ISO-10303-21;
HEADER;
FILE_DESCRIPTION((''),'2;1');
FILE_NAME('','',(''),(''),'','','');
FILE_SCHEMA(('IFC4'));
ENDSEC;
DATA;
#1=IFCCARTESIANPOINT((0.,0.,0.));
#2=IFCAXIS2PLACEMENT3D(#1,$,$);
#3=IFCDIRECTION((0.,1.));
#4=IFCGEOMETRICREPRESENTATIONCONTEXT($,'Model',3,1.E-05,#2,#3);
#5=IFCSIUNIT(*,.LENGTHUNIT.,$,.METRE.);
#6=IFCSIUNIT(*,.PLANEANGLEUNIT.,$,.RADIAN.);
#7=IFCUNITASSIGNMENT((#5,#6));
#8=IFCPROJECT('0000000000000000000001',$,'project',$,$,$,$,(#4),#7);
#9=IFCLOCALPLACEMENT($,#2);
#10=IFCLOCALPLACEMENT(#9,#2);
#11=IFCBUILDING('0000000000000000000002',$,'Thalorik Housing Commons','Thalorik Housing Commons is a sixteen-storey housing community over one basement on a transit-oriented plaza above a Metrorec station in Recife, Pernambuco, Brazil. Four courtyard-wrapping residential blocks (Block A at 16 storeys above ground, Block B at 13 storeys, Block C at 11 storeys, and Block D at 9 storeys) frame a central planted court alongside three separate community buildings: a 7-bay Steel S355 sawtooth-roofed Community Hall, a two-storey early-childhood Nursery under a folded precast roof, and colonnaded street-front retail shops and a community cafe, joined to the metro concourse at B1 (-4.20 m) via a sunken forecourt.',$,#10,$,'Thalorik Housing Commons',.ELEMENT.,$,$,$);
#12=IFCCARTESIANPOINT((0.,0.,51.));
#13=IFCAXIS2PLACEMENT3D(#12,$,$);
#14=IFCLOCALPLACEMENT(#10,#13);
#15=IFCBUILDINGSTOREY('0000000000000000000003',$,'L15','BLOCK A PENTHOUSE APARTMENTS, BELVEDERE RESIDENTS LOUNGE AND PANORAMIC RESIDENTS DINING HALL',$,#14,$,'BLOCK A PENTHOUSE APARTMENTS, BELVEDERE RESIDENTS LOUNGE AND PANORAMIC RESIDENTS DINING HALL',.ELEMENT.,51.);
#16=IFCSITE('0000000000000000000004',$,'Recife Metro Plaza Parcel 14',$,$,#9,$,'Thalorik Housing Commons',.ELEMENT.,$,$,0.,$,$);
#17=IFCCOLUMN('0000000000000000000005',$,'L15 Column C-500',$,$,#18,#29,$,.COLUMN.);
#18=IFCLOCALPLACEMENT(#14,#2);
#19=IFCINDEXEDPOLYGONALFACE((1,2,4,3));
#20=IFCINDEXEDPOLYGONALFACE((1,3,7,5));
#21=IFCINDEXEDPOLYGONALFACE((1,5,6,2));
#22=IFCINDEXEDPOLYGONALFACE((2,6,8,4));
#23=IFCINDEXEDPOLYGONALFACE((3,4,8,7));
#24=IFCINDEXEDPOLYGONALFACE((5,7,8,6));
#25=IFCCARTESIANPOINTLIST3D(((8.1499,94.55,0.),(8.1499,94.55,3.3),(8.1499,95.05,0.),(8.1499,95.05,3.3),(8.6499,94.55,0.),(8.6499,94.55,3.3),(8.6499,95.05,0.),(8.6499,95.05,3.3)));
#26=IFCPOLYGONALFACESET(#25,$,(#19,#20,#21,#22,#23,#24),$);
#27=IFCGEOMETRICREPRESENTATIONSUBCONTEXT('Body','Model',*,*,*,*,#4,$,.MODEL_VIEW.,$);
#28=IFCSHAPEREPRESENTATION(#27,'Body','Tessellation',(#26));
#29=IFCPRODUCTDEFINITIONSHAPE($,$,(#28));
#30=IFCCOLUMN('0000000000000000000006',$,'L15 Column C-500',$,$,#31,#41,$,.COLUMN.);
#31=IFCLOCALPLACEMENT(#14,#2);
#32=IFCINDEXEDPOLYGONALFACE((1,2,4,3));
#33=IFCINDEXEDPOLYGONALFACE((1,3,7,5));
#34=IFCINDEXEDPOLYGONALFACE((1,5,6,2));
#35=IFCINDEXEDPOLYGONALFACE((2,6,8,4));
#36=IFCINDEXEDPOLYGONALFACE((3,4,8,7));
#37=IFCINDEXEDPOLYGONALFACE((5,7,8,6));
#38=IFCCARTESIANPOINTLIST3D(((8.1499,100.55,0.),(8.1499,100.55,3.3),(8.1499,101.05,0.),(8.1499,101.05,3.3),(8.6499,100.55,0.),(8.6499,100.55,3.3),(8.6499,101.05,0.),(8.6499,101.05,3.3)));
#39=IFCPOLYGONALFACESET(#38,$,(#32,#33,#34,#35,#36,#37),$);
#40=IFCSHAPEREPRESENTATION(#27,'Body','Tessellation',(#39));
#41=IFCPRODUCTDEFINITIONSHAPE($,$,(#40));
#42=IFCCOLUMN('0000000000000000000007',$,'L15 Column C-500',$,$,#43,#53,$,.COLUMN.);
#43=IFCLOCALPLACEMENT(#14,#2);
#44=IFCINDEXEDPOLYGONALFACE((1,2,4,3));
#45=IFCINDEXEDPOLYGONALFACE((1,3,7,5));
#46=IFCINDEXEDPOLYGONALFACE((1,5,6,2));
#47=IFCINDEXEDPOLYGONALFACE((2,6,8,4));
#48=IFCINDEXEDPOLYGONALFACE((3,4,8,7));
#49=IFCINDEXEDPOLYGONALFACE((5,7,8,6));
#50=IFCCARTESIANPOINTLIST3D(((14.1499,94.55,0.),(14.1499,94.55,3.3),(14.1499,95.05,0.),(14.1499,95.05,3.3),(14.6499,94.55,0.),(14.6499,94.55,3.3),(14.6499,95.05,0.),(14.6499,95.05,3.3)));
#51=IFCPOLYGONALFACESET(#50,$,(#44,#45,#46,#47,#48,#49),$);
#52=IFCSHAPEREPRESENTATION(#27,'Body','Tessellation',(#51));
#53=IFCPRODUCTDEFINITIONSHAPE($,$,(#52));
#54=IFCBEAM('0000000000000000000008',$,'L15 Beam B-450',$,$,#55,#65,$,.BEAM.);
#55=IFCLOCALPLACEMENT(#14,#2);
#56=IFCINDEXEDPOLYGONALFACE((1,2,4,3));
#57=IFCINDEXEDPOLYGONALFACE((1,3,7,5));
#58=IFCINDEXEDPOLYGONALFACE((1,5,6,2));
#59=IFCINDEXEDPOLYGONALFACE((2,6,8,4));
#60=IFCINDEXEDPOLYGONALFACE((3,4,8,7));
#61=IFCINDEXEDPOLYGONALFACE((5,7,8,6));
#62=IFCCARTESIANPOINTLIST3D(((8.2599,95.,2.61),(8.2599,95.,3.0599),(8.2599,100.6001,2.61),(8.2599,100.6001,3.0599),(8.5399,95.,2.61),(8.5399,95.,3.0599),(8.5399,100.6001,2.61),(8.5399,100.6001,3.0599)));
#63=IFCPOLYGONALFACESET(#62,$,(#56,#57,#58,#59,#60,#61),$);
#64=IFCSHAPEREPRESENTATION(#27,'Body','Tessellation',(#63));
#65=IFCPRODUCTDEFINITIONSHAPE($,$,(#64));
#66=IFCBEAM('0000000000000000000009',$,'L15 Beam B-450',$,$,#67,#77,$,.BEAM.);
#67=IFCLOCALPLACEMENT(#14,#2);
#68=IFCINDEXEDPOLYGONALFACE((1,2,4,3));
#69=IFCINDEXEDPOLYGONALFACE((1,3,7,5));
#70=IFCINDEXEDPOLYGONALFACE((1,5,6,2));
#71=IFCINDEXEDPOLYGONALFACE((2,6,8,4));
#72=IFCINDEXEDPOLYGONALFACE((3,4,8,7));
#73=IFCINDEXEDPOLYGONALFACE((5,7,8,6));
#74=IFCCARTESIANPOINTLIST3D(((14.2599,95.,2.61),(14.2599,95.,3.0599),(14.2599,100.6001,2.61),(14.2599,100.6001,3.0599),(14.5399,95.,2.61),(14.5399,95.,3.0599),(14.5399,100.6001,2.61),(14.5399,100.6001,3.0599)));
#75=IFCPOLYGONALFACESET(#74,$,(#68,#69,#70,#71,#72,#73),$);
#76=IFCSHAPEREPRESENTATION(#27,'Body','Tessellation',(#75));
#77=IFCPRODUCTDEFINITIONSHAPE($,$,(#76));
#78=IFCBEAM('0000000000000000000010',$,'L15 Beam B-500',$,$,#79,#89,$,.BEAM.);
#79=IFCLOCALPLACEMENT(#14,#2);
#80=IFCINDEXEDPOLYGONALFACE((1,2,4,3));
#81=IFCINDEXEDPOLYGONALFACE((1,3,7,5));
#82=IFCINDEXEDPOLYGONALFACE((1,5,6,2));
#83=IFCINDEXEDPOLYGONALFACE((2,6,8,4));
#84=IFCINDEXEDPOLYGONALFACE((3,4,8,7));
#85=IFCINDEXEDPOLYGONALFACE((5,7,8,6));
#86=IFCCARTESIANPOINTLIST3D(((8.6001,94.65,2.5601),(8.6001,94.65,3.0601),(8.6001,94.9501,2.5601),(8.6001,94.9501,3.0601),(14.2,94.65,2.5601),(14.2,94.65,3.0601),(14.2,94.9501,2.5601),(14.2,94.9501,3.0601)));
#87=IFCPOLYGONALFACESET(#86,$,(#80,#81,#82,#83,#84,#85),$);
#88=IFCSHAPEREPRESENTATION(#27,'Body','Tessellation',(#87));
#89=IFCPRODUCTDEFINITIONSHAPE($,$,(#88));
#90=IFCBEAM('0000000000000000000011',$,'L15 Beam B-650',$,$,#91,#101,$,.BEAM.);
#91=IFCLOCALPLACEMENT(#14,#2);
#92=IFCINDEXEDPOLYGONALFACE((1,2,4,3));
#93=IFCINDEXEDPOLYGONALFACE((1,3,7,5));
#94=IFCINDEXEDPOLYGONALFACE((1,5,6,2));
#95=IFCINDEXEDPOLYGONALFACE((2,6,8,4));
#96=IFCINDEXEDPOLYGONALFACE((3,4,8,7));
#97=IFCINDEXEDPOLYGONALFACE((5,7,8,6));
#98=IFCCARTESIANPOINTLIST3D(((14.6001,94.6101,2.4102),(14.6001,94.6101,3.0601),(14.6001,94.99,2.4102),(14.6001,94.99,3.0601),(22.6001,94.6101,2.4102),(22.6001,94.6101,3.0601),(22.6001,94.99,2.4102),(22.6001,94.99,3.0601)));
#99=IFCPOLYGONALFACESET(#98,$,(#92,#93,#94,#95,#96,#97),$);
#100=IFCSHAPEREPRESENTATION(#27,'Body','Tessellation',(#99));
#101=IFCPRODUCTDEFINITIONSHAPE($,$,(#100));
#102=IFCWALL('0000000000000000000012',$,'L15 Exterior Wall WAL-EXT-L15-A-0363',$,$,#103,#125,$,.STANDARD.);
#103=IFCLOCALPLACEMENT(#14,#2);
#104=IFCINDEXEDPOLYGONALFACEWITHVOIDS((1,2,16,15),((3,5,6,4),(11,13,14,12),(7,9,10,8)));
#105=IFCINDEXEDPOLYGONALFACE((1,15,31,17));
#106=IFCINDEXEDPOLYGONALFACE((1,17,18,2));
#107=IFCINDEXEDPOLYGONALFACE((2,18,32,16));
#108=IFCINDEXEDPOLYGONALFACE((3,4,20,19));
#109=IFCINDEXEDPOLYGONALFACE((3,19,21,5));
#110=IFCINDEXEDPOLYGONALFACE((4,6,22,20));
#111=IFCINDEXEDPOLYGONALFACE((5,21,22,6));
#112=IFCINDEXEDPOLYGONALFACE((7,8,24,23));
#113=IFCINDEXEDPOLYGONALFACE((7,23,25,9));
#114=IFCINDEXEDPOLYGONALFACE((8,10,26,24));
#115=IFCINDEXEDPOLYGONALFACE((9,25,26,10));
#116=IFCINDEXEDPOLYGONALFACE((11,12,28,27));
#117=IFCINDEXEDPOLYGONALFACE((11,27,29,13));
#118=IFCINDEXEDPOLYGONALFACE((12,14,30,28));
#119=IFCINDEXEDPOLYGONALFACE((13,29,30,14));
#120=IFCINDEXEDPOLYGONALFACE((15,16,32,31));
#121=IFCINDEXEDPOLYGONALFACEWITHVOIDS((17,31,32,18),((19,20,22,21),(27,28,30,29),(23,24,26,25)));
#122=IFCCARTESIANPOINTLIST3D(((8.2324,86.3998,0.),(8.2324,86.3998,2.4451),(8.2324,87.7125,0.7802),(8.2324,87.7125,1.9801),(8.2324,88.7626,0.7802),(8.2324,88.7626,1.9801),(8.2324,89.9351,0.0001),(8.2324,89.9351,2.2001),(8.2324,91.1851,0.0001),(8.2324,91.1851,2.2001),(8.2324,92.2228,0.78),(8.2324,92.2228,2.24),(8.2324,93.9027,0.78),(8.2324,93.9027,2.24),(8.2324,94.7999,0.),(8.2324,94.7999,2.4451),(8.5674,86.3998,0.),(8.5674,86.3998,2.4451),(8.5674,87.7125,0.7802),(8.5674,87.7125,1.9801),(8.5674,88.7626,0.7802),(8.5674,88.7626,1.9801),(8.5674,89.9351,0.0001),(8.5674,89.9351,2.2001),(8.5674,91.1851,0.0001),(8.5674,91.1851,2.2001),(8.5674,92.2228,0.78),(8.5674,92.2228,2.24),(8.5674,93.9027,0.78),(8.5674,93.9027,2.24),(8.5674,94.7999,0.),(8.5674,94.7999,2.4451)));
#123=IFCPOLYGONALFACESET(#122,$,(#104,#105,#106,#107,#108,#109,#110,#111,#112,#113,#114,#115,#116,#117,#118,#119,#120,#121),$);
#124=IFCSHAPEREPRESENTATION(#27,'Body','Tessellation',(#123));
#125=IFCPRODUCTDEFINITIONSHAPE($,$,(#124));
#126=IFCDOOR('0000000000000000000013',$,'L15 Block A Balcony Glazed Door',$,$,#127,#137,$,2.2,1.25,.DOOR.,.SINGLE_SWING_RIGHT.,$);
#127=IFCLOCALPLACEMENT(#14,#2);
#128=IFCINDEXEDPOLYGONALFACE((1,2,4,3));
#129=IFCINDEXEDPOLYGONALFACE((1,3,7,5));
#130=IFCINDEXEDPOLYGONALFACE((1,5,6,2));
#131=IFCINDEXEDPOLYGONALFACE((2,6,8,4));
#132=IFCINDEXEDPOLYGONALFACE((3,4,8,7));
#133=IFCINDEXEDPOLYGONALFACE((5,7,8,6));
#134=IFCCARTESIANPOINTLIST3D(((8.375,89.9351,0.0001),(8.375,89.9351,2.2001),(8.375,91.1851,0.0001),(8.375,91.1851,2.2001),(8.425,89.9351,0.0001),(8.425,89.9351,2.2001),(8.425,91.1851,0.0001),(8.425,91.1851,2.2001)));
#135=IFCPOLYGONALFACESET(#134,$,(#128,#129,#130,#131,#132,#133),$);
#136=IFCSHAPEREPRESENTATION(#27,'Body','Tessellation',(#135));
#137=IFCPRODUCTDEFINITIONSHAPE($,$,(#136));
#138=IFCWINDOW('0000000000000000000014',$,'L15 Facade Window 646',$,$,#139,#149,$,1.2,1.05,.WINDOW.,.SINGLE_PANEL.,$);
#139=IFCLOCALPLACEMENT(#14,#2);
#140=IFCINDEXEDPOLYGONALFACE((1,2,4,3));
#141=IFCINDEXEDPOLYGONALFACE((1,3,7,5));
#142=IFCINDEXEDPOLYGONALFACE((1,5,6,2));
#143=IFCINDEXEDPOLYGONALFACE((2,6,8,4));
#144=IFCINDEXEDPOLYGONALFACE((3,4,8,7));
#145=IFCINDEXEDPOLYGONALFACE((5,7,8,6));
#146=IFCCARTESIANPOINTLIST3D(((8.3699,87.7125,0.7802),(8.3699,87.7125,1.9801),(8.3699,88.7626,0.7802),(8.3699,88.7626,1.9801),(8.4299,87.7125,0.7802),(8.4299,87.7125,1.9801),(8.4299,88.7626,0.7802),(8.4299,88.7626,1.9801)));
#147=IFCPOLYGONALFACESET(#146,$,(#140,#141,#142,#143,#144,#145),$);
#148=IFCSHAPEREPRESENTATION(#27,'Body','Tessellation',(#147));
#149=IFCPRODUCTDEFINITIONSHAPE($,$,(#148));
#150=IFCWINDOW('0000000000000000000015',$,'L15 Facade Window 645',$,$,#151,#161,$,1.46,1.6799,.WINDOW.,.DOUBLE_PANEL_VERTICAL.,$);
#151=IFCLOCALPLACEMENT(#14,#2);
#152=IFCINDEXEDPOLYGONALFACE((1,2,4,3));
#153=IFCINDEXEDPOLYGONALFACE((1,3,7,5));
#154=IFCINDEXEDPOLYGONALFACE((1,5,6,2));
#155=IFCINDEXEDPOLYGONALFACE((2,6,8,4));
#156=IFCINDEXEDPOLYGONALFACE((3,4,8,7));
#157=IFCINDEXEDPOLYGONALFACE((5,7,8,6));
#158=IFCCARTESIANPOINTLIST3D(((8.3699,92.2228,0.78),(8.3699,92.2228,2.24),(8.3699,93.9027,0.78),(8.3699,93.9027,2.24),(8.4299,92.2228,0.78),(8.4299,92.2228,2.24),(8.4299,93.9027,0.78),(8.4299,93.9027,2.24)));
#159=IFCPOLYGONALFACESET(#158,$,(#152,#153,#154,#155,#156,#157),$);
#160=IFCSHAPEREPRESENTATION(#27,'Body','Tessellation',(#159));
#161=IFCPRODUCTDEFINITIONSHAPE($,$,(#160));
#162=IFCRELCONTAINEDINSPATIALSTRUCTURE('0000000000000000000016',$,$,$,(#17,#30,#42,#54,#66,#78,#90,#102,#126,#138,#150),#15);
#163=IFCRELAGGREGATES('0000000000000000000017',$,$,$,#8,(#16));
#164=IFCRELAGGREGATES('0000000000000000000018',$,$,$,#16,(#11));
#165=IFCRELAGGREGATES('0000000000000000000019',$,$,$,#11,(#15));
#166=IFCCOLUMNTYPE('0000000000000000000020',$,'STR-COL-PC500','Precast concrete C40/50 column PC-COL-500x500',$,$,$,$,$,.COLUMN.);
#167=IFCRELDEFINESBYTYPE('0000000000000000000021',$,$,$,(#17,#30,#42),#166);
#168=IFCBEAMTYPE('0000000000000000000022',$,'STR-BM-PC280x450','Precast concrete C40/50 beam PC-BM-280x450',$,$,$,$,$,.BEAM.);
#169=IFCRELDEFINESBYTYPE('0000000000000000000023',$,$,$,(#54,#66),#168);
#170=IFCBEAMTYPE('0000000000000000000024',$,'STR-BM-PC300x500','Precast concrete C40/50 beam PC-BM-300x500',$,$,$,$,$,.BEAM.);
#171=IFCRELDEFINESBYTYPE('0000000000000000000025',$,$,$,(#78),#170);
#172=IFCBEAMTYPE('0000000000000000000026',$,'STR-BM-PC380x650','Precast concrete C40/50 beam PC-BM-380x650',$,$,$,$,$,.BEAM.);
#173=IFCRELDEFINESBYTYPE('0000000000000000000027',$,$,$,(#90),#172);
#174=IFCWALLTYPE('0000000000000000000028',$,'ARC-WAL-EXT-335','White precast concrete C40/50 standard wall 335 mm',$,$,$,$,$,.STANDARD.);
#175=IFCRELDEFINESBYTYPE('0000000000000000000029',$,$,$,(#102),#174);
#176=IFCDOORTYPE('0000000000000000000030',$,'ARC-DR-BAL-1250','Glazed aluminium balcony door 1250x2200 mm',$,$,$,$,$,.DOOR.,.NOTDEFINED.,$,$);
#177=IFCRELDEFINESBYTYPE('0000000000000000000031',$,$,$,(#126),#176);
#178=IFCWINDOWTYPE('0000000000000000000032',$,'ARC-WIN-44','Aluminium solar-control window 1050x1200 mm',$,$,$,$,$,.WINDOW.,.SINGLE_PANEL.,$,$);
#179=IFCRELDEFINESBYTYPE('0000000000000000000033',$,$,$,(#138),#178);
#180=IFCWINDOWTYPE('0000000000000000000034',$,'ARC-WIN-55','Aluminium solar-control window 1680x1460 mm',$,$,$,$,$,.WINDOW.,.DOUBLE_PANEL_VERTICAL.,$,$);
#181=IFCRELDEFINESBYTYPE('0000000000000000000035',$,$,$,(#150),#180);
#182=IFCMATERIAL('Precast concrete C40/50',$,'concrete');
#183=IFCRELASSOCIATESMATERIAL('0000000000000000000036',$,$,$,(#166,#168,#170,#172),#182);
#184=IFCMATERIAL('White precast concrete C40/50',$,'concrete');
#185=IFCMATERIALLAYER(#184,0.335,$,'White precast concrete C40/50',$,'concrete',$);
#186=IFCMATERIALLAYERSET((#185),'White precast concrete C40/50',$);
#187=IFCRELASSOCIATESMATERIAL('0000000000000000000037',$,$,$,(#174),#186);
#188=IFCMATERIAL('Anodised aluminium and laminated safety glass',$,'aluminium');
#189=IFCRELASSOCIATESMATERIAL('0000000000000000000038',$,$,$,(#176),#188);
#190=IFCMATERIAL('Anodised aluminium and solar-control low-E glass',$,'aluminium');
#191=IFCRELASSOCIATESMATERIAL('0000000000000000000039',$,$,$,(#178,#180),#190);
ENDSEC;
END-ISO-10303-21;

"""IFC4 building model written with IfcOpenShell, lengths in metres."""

from ifc_helpers import new_model, si_unit, direction, frame, frame_2d, origin, origin_2d, place, context, subcontext, project, spatial, rectangle, extrude, material, layer, layer_set, material_profile, profile_set, type_object, element, fill, save


model = new_model("IFC4")

# Units and contexts
model_context = context("Model", 3, precision=1e-05, world=origin(), true_north=direction((0.0, 1.0)))
body_context = subcontext(model_context, "Body", "Model", "MODEL_VIEW")
ifc_project = project(units=[si_unit("LENGTHUNIT", "METRE"), si_unit("PLANEANGLEUNIT", "RADIAN")], contexts=[model_context])

# Site, building, storey
site_placement = place(None, origin())
site = spatial("IfcSite", under=ifc_project, at=site_placement, Name="Recife Metro Plaza Parcel 14", LongName="Thalorik Housing Commons", CompositionType="ELEMENT", RefElevation=0.0)
building_placement = place(site_placement, origin())
building = spatial("IfcBuilding", under=site, at=building_placement, Name="Thalorik Housing Commons", Description="Thalorik Housing Commons is a sixteen-storey housing community over one basement on a transit-oriented plaza above a Metrorec station in Recife, Pernambuco, Brazil. Four courtyard-wrapping residential blocks (Block A at 16 storeys above ground, Block B at 13 storeys, Block C at 11 storeys, and Block D at 9 storeys) frame a central planted court alongside three separate community buildings: a 7-bay Steel S355 sawtooth-roofed Community Hall, a two-storey early-childhood Nursery under a folded precast roof, and colonnaded street-front retail shops and a community cafe, joined to the metro concourse at B1 (-4.20 m) via a sunken forecourt.", LongName="Thalorik Housing Commons", CompositionType="ELEMENT")
storey_placement = place(building_placement, frame((0.0, 0.0, 51.0)))
storey = spatial("IfcBuildingStorey", under=building, at=storey_placement, Name="L15", Description="BLOCK A PENTHOUSE APARTMENTS, BELVEDERE RESIDENTS LOUNGE AND PANORAMIC RESIDENTS DINING HALL", LongName="BLOCK A PENTHOUSE APARTMENTS, BELVEDERE RESIDENTS LOUNGE AND PANORAMIC RESIDENTS DINING HALL", CompositionType="ELEMENT", Elevation=51.0)

# Columns
ifc_material_1 = material(Name="Precast concrete C40/50", Category="concrete")
ifc_material_profile_1 = material_profile(ifc_material_1, rectangle(XDim=0.5, YDim=0.5, at=origin_2d()), Name="PC 500x500", Category="concrete")
ifc_profile_set_1 = profile_set([ifc_material_profile_1], Name="Precast concrete C40/50")
column_type = type_object("IfcColumnType", Name="STR-COL-PC500", Description="Precast concrete C40/50 column PC-COL-500x500", PredefinedType="COLUMN", material=ifc_profile_set_1)
for number, where, z_axis, x_axis, name in (
    (1, (8.3999, 94.8, 0.0), (0.0, 0.0, 1.0), (1.0, 0.0, 0.0), "L15 Column C-500"),
    (2, (8.3999, 100.8, 0.0), (0.0, 0.0, 1.0), (1.0, 0.0, 0.0), "L15 Column C-500"),
    (3, (14.3999, 94.8, 0.0), (0.0, 0.0, 1.0), (1.0, 0.0, 0.0), "L15 Column C-500"),
):
    element("IfcColumn", number, at=place(storey_placement, frame(where, z_axis=z_axis, x_axis=x_axis)), inside=storey, type_object=column_type, Name=name, PredefinedType="COLUMN", context=body_context, shape_type="SweptSolid", body=[
        extrude(rectangle(XDim=0.5, YDim=0.5, at=origin_2d()), origin(), (0.0, 0.0, 1.0), 3.3),
    ])

# Beams
ifc_material_profile_2 = material_profile(ifc_material_1, rectangle(XDim=0.28, YDim=0.45, at=origin_2d()), Name="PC 280x450", Category="concrete")
ifc_profile_set_2 = profile_set([ifc_material_profile_2], Name="Precast concrete C40/50")
beam_type_1 = type_object("IfcBeamType", Name="STR-BM-PC280x450", Description="Precast concrete C40/50 beam PC-BM-280x450", PredefinedType="BEAM", material=ifc_profile_set_2)
for number, where, z_axis, x_axis, name in (
    (4, (8.3999, 95.0, 2.835), (0.0, 1.0, 0.0), (-1.0, 0.0, 0.0), "L15 Beam B-450"),
    (5, (14.3999, 95.0, 2.835), (0.0, 1.0, 0.0), (-1.0, 0.0, 0.0), "L15 Beam B-450"),
):
    element("IfcBeam", number, at=place(storey_placement, frame(where, z_axis=z_axis, x_axis=x_axis)), inside=storey, type_object=beam_type_1, Name=name, PredefinedType="BEAM", context=body_context, shape_type="SweptSolid", body=[
        extrude(rectangle(XDim=0.28, YDim=0.45, at=origin_2d()), origin(), (0.0, 0.0, 1.0), 5.6001),
    ])
ifc_material_profile_3 = material_profile(ifc_material_1, rectangle(XDim=0.3, YDim=0.5, at=origin_2d()), Name="PC 300x500", Category="concrete")
ifc_profile_set_3 = profile_set([ifc_material_profile_3], Name="Precast concrete C40/50")
beam_type_2 = type_object("IfcBeamType", Name="STR-BM-PC300x500", Description="Precast concrete C40/50 beam PC-BM-300x500", PredefinedType="BEAM", material=ifc_profile_set_3)
beam_1_placement = place(storey_placement, frame((8.6001, 94.8, 2.8101), z_axis=(1.0, 0.0, 0.0), x_axis=(0.0, 1.0, 0.0)))
element("IfcBeam", 6, at=beam_1_placement, inside=storey, type_object=beam_type_2, Name="L15 Beam B-500", PredefinedType="BEAM", context=body_context, shape_type="SweptSolid", body=[
    extrude(rectangle(XDim=0.3, YDim=0.5, at=origin_2d()), origin(), (0.0, 0.0, 1.0), 5.5999),
])
ifc_material_profile_4 = material_profile(ifc_material_1, rectangle(XDim=0.3799, YDim=0.6499, at=origin_2d()), Name="PC 380x650", Category="concrete")
ifc_profile_set_4 = profile_set([ifc_material_profile_4], Name="Precast concrete C40/50")
beam_type_3 = type_object("IfcBeamType", Name="STR-BM-PC380x650", Description="Precast concrete C40/50 beam PC-BM-380x650", PredefinedType="BEAM", material=ifc_profile_set_4)
beam_2_placement = place(storey_placement, frame((14.6001, 94.8, 2.7351), z_axis=(1.0, 0.0, 0.0), x_axis=(0.0, 1.0, 0.0)))
element("IfcBeam", 7, at=beam_2_placement, inside=storey, type_object=beam_type_3, Name="L15 Beam B-650", PredefinedType="BEAM", context=body_context, shape_type="SweptSolid", body=[
    extrude(rectangle(XDim=0.3799, YDim=0.6499, at=origin_2d()), origin(), (0.0, 0.0, 1.0), 8.0),
])

# Wall, openings, door, windows
ifc_material_2 = material(Name="White precast concrete C40/50", Category="concrete")
ifc_layer_1 = layer(ifc_material_2, 0.335, Name="White precast concrete C40/50", Category="concrete")
ifc_layer_set_1 = layer_set([ifc_layer_1], Name="White precast concrete C40/50")
wall_type_1 = type_object("IfcWallType", Name="ARC-WAL-EXT-335", Description="White precast concrete C40/50 standard wall 335 mm", PredefinedType="STANDARD", material=ifc_layer_set_1)
ifc_material_3 = material(Name="Anodised aluminium and laminated safety glass", Category="aluminium")
ifc_material_4 = material(Name="Anodised aluminium and solar-control low-E glass", Category="aluminium")
wall_1_placement = place(storey_placement, frame((8.3999, 94.8, 0.0), z_axis=(0.0, 0.0, 1.0), x_axis=(0.0, -1.0, 0.0)))
wall_1 = element("IfcWall", 8, at=wall_1_placement, inside=storey, type_object=wall_type_1, Name="L15 Exterior Wall WAL-EXT-L15-A-0363", PredefinedType="STANDARD", context=body_context, shape_type="SweptSolid", body=[
    extrude(rectangle(XDim=8.4001, YDim=0.335, at=frame_2d((4.2002, 0.0))), origin(), (0.0, 0.0, 1.0), 2.4451),
])
opening_1_placement = place(wall_1_placement, frame((3.615, 0.0, 0.0)))
opening_1 = element("IfcOpeningElement", 9, at=opening_1_placement, cuts=wall_1, PredefinedType="OPENING", context=body_context, shape_type="SweptSolid", body=[
    extrude(rectangle(XDim=1.25, YDim=2.2, at=frame_2d((0.625, 1.1001))), frame((0.0, 0.1775, 0.0), z_axis=(0.0, -1.0, 0.0), x_axis=(1.0, 0.0, 0.0)), (0.0, 0.0, 1.0), 0.355),
])
opening_2_placement = place(wall_1_placement, frame((0.8975, 0.0, 0.78)))
opening_2 = element("IfcOpeningElement", 10, at=opening_2_placement, cuts=wall_1, PredefinedType="OPENING", context=body_context, shape_type="SweptSolid", body=[
    extrude(rectangle(XDim=1.6799, YDim=1.46, at=frame_2d((0.8398, 0.73))), frame((0.0, 0.1775, 0.0), z_axis=(0.0, -1.0, 0.0), x_axis=(1.0, 0.0, 0.0)), (0.0, 0.0, 1.0), 0.355),
])
opening_3_placement = place(wall_1_placement, frame((6.0376, 0.0, 0.78)))
opening_3 = element("IfcOpeningElement", 11, at=opening_3_placement, cuts=wall_1, PredefinedType="OPENING", context=body_context, shape_type="SweptSolid", body=[
    extrude(rectangle(XDim=1.05, YDim=1.2, at=frame_2d((0.5249, 0.6001))), frame((0.0, 0.1775, 0.0), z_axis=(0.0, -1.0, 0.0), x_axis=(1.0, 0.0, 0.0)), (0.0, 0.0, 1.0), 0.355),
])
door_type_1 = type_object("IfcDoorType", Name="ARC-DR-BAL-1250", Description="Glazed aluminium balcony door 1250x2200 mm", OperationType="NOTDEFINED", PredefinedType="DOOR", material=ifc_material_3)
door_1_placement = place(opening_1_placement, frame((1.25, 0.0, 0.0), z_axis=(0.0, 0.0, 1.0), x_axis=(-1.0, 0.0, 0.0)))
door_1 = element("IfcDoor", 12, at=door_1_placement, inside=storey, type_object=door_type_1, Name="L15 Block A Balcony Glazed Door", OperationType="SINGLE_SWING_RIGHT", OverallHeight=2.2, OverallWidth=1.25, PredefinedType="DOOR", context=body_context, shape_type="SweptSolid", body=[
    extrude(rectangle(XDim=1.25, YDim=2.2, at=frame_2d((0.625, 1.1001))), frame((0.0, 0.0249, 0.0), z_axis=(0.0, -1.0, 0.0), x_axis=(1.0, 0.0, 0.0)), (0.0, 0.0, 1.0), 0.05),
])
fill(opening_1, door_1)
window_type_1 = type_object("IfcWindowType", Name="ARC-WIN-44", Description="Aluminium solar-control window 1050x1200 mm", PartitioningType="SINGLE_PANEL", PredefinedType="WINDOW", material=ifc_material_4)
window_1_placement = place(opening_3_placement, origin())
window_1 = element("IfcWindow", 13, at=window_1_placement, inside=storey, type_object=window_type_1, Name="L15 Facade Window 646", OverallHeight=1.2, OverallWidth=1.05, PartitioningType="SINGLE_PANEL", PredefinedType="WINDOW", context=body_context, shape_type="SweptSolid", body=[
    extrude(rectangle(XDim=1.05, YDim=1.2, at=frame_2d((0.5249, 0.6001))), frame((0.0, 0.03, 0.0), z_axis=(0.0, -1.0, 0.0), x_axis=(1.0, 0.0, 0.0)), (0.0, 0.0, 1.0), 0.0601),
])
fill(opening_3, window_1)
window_type_2 = type_object("IfcWindowType", Name="ARC-WIN-55", Description="Aluminium solar-control window 1680x1460 mm", PartitioningType="DOUBLE_PANEL_VERTICAL", PredefinedType="WINDOW", material=ifc_material_4)
window_2_placement = place(opening_2_placement, origin())
window_2 = element("IfcWindow", 14, at=window_2_placement, inside=storey, type_object=window_type_2, Name="L15 Facade Window 645", OverallHeight=1.46, OverallWidth=1.6799, PartitioningType="DOUBLE_PANEL_VERTICAL", PredefinedType="WINDOW", context=body_context, shape_type="SweptSolid", body=[
    extrude(rectangle(XDim=1.6799, YDim=1.46, at=frame_2d((0.8398, 0.73))), frame((0.0, 0.03, 0.0), z_axis=(0.0, -1.0, 0.0), x_axis=(1.0, 0.0, 0.0)), (0.0, 0.0, 1.0), 0.0601),
])
fill(opening_2, window_2)

save(model, "model.ifc")
